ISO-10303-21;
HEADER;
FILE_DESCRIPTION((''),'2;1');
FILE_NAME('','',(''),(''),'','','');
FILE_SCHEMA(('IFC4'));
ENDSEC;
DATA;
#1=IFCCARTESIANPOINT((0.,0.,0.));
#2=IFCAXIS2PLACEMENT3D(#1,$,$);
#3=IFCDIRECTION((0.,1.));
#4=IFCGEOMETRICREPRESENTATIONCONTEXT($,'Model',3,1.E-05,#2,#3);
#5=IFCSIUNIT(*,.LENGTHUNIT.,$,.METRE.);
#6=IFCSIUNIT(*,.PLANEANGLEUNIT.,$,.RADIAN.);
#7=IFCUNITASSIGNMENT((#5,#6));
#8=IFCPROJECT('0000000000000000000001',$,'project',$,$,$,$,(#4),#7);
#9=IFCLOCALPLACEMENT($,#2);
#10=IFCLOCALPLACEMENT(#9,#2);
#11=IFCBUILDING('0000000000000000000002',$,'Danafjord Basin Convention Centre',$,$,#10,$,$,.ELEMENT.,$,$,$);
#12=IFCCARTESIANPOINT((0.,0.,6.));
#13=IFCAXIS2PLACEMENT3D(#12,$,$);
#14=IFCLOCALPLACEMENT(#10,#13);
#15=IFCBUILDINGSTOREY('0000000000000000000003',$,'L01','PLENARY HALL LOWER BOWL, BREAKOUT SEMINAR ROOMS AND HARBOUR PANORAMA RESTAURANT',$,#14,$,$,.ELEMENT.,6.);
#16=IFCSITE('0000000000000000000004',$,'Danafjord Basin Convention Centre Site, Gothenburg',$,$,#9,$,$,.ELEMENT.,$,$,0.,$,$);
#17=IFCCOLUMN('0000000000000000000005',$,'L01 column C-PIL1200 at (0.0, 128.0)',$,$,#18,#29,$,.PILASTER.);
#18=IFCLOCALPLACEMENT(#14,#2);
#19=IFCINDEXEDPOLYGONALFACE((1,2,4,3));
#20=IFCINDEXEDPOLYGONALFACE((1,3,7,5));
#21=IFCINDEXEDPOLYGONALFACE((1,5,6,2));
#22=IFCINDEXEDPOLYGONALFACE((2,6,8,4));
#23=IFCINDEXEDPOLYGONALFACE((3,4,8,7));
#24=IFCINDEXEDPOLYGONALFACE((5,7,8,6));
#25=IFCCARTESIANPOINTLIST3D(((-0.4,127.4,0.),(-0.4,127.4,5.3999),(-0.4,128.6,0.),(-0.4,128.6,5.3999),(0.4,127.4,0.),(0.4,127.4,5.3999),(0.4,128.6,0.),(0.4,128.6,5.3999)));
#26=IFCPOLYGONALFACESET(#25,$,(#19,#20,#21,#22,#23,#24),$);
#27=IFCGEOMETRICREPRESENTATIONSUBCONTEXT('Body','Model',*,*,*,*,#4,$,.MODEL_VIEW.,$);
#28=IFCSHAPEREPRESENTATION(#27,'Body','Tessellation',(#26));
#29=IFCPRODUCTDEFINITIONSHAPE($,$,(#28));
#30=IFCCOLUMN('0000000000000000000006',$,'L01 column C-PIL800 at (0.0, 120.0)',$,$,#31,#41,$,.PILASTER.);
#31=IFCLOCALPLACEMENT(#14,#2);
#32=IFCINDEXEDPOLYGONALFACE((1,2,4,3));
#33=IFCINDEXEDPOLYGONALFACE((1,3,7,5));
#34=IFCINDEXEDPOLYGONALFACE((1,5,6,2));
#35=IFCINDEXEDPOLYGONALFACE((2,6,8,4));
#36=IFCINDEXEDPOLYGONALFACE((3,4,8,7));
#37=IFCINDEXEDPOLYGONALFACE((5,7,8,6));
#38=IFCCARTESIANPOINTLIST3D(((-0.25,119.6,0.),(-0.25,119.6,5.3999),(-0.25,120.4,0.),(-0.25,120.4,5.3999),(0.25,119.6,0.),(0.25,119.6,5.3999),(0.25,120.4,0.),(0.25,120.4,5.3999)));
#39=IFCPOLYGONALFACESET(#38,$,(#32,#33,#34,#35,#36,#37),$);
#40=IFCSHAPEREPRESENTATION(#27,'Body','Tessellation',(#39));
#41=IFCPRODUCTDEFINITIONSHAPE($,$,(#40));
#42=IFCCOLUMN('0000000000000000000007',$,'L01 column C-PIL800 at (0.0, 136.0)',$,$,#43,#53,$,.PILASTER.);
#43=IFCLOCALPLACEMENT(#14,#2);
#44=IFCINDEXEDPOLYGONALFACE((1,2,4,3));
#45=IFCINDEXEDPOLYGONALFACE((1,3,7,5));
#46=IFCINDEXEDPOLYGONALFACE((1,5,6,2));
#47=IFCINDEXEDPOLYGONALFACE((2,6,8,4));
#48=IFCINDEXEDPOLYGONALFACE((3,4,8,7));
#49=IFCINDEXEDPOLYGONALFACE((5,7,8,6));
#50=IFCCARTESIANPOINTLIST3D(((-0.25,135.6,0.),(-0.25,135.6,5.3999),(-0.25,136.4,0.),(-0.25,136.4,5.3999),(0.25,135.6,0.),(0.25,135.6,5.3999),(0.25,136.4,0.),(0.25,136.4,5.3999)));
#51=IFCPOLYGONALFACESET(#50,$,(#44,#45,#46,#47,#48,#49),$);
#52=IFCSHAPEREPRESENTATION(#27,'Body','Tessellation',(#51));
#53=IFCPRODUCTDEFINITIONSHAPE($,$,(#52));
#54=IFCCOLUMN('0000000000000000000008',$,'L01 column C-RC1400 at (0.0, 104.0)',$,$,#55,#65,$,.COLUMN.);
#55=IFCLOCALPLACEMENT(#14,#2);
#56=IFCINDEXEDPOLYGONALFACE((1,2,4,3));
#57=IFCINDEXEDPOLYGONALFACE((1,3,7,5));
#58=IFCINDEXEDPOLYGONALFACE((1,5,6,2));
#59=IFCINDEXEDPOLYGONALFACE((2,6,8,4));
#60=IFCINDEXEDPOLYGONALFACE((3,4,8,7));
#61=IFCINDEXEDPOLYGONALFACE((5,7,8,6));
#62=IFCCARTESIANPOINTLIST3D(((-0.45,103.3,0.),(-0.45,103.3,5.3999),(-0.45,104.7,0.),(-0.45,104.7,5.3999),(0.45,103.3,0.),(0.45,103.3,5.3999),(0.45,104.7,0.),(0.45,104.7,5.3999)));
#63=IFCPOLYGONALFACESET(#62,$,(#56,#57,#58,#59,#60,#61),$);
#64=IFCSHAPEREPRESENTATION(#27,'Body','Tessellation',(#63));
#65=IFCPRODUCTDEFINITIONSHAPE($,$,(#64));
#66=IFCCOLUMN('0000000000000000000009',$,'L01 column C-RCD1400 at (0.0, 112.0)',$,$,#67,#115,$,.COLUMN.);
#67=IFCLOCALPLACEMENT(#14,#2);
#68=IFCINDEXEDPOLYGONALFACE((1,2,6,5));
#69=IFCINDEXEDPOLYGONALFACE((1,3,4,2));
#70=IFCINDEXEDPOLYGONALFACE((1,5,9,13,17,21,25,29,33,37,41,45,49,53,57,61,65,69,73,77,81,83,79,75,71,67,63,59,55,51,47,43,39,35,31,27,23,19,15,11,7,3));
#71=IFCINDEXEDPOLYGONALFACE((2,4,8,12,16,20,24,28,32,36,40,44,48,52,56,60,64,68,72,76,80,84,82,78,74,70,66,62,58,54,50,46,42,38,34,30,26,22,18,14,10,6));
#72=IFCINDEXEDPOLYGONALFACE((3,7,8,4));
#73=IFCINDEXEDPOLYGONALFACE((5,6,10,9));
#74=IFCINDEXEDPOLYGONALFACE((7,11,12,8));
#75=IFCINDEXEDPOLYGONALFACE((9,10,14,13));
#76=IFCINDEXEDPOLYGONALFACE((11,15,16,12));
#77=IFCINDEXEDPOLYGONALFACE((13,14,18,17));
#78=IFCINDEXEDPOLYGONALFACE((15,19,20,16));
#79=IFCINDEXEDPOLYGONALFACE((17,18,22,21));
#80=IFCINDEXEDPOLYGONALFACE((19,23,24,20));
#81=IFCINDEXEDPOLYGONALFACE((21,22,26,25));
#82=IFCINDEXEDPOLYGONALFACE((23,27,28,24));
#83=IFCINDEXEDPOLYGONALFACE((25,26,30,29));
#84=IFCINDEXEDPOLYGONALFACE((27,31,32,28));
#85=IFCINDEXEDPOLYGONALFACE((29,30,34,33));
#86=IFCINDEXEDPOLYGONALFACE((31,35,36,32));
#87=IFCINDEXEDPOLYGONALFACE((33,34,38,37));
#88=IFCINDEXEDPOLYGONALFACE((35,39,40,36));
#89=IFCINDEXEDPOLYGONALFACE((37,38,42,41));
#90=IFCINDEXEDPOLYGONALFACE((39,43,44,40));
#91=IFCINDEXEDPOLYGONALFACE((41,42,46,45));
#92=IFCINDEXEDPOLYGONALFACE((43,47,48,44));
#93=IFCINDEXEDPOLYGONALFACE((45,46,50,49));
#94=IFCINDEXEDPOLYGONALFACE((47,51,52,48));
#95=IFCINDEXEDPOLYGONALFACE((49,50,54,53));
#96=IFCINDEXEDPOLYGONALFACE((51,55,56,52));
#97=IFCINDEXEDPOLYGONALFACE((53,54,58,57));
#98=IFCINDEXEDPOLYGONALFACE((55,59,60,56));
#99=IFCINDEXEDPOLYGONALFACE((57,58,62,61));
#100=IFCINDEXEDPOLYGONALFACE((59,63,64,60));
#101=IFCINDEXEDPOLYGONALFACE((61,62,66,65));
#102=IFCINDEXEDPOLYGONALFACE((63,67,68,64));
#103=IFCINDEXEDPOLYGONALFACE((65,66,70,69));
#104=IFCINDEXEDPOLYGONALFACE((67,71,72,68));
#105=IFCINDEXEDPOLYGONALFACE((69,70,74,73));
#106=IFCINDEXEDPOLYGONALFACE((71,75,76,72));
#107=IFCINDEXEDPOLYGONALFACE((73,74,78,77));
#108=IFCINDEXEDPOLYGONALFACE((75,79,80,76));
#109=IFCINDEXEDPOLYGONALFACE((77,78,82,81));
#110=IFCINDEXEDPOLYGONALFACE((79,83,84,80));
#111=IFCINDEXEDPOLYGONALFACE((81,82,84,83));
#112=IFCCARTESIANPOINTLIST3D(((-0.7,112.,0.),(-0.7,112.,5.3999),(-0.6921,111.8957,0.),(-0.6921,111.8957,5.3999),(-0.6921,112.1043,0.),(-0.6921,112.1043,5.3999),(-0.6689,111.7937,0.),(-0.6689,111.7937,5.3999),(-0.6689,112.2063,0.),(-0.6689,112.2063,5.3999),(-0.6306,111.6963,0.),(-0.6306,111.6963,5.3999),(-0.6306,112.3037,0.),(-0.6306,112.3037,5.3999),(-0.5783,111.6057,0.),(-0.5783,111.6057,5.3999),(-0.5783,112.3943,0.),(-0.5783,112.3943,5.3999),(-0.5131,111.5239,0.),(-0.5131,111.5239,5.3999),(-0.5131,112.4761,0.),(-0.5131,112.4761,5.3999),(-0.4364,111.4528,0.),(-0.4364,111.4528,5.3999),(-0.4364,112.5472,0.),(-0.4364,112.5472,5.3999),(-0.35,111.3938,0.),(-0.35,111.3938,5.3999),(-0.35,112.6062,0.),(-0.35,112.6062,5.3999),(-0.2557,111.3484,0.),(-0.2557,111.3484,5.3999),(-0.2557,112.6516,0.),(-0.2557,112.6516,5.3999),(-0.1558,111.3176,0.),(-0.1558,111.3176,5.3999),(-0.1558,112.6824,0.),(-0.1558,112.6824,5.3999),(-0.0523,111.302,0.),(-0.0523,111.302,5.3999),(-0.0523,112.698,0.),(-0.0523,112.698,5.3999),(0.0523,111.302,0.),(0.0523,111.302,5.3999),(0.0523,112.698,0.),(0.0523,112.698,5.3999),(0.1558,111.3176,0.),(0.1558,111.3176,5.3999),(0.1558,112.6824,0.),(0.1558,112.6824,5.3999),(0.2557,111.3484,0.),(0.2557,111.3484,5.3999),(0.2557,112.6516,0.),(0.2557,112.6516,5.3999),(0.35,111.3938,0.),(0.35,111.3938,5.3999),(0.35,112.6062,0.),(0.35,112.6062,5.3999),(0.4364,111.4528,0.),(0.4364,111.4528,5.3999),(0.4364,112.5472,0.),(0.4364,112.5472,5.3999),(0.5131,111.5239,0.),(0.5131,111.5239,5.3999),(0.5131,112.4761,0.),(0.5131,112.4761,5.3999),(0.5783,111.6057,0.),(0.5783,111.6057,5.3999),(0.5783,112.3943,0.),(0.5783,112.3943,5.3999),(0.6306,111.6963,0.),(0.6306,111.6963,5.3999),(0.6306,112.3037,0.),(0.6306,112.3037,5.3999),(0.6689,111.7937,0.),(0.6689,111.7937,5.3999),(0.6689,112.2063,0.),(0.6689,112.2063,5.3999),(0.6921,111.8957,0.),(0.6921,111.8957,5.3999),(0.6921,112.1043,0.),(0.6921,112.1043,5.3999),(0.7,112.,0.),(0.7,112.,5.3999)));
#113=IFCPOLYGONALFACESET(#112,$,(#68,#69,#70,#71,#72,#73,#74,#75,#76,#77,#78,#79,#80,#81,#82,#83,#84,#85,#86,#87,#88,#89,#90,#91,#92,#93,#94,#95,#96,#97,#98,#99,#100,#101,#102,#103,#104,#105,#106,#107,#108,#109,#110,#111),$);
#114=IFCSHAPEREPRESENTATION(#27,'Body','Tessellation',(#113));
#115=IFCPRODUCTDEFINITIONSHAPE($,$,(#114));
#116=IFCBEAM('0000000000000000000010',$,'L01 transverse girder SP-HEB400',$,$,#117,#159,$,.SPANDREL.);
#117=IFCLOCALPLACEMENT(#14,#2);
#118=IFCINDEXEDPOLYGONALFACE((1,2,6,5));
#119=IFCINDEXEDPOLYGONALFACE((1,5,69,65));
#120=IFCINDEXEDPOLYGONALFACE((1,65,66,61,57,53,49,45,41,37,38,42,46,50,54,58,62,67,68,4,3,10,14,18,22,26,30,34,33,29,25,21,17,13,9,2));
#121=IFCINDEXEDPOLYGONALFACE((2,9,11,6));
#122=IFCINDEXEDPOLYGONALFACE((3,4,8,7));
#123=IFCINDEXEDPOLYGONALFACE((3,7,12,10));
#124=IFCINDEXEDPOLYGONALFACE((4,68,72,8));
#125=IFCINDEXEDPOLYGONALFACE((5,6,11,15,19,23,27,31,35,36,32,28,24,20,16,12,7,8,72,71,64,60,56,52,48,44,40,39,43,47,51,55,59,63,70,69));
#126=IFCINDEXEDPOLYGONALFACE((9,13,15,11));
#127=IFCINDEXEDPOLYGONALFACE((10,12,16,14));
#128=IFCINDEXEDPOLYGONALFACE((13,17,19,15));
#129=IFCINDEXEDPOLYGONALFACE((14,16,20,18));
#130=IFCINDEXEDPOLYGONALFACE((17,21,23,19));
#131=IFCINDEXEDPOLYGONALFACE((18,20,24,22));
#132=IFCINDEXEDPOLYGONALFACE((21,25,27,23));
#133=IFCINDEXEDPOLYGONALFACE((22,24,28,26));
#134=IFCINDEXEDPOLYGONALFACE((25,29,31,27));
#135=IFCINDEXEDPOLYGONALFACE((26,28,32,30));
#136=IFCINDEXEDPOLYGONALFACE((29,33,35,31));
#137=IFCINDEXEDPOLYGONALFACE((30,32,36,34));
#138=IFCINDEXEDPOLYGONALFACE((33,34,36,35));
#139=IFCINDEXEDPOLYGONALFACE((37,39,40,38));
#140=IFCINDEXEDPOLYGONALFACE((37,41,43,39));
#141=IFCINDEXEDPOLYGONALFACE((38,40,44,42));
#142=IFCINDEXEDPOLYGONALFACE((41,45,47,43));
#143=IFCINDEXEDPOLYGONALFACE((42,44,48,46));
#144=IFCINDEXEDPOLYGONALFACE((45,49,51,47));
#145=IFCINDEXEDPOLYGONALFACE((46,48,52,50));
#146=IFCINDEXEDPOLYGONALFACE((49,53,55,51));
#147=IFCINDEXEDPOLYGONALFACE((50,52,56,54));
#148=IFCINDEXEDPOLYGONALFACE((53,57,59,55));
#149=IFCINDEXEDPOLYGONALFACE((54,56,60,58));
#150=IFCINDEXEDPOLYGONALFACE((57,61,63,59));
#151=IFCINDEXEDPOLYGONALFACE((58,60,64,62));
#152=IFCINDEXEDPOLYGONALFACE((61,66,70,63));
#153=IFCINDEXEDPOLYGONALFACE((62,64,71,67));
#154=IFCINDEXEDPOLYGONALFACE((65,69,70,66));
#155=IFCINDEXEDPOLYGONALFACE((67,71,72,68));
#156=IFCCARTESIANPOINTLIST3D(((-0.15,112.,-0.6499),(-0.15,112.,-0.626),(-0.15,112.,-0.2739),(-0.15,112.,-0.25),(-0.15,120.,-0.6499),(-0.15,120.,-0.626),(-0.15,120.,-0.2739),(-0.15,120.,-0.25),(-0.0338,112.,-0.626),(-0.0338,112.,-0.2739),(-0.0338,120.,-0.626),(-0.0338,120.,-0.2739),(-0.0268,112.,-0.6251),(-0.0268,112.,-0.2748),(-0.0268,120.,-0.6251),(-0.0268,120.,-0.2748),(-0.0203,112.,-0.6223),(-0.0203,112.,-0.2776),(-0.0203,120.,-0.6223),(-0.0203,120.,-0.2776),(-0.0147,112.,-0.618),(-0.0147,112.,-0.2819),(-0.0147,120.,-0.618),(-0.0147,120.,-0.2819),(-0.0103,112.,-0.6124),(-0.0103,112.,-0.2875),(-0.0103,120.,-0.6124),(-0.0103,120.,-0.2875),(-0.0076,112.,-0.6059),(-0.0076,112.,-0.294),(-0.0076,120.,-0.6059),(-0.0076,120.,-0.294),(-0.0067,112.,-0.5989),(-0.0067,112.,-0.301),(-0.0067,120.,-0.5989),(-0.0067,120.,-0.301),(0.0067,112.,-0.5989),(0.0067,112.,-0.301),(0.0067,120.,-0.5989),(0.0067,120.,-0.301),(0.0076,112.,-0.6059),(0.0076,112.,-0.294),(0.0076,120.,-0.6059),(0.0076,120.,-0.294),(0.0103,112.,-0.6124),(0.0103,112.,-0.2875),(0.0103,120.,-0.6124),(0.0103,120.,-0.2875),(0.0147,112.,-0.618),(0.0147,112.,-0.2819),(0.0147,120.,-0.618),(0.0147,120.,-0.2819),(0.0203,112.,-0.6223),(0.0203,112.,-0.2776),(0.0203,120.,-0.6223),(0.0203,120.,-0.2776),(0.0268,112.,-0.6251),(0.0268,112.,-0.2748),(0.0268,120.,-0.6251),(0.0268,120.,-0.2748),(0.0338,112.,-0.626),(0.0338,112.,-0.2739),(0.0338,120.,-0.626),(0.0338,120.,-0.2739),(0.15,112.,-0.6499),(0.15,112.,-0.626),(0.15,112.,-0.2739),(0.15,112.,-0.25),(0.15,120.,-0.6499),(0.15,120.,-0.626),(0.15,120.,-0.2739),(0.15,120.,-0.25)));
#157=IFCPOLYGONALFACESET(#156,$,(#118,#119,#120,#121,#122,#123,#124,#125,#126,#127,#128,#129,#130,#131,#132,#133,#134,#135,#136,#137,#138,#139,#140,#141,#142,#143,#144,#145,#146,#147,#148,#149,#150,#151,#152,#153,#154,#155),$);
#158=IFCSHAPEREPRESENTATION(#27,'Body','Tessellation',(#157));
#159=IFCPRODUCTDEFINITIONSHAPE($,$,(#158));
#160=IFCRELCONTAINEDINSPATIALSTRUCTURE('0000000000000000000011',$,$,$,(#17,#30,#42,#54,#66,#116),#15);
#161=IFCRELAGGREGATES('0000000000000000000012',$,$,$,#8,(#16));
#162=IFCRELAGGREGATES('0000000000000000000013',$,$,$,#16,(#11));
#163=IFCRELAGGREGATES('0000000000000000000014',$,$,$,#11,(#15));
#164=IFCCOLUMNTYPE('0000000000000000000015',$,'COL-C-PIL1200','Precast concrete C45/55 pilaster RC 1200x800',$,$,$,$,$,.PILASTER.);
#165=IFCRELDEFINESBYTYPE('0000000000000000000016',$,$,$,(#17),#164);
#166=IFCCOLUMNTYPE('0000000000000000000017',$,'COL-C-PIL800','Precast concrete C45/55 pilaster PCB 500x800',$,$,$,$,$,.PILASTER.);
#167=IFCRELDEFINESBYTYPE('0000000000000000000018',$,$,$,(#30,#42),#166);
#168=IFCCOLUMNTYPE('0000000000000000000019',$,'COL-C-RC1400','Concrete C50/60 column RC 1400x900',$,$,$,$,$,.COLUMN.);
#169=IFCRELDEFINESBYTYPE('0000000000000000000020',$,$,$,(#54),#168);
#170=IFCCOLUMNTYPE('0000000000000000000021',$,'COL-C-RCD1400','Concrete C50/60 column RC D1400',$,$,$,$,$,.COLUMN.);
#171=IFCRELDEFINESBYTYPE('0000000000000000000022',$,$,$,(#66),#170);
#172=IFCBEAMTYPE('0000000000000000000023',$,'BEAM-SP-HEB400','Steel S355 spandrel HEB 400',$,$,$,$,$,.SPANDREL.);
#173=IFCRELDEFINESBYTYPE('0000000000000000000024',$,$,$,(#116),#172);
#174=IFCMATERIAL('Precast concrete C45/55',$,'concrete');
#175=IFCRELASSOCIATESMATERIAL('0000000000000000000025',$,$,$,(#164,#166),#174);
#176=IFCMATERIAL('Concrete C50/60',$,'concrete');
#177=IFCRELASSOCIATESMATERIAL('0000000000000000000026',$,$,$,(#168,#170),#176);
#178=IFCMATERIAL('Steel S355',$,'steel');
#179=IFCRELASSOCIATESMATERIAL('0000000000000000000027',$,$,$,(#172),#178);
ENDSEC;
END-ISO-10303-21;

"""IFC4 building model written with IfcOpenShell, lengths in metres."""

from ifc_helpers import new_model, si_unit, direction, frame, origin, origin_2d, place, context, subcontext, project, spatial, rectangle, circle, i_section, extrude, material, material_profile, profile_set, type_object, element, save


model = new_model("IFC4")

# Units and contexts
model_context = context("Model", 3, precision=1e-05, world=origin(), true_north=direction((0.0, 1.0)))
body_context = subcontext(model_context, "Body", "Model", "MODEL_VIEW")
ifc_project = project(units=[si_unit("LENGTHUNIT", "METRE"), si_unit("PLANEANGLEUNIT", "RADIAN")], contexts=[model_context])

# Site, building, storey
site_placement = place(None, origin())
site = spatial("IfcSite", under=ifc_project, at=site_placement, Name="Danafjord Basin Convention Centre Site, Gothenburg", CompositionType="ELEMENT", RefElevation=0.0)
building_placement = place(site_placement, origin())
building = spatial("IfcBuilding", under=site, at=building_placement, Name="Danafjord Basin Convention Centre", CompositionType="ELEMENT")
storey_placement = place(building_placement, frame((0.0, 0.0, 6.0)))
storey = spatial("IfcBuildingStorey", under=building, at=storey_placement, Name="L01", Description="PLENARY HALL LOWER BOWL, BREAKOUT SEMINAR ROOMS AND HARBOUR PANORAMA RESTAURANT", CompositionType="ELEMENT", Elevation=6.0)

# Columns
ifc_material_1 = material(Name="Precast concrete C45/55", Category="concrete")
ifc_material_profile_1 = material_profile(ifc_material_1, rectangle(XDim=0.8, YDim=1.2, at=origin_2d()), Name="RC 1200x800")
ifc_profile_set_1 = profile_set([ifc_material_profile_1], Name="Precast concrete C45/55")
column_type_1 = type_object("IfcColumnType", Name="COL-C-PIL1200", Description="Precast concrete C45/55 pilaster RC 1200x800", PredefinedType="PILASTER", material=ifc_profile_set_1)
column_1_placement = place(storey_placement, frame((0.0, 128.0, 0.0), z_axis=(0.0, 0.0, 1.0), x_axis=(1.0, 0.0, 0.0)))
element("IfcColumn", 1, at=column_1_placement, inside=storey, type_object=column_type_1, Name="L01 column C-PIL1200 at (0.0, 128.0)", PredefinedType="PILASTER", context=body_context, shape_type="SweptSolid", body=[
    extrude(rectangle(XDim=0.8, YDim=1.2, at=origin_2d()), origin(), (0.0, 0.0, 1.0), 5.3999),
])
ifc_material_profile_2 = material_profile(ifc_material_1, rectangle(XDim=0.5, YDim=0.8, at=origin_2d()), Name="PCB 500x800")
ifc_profile_set_2 = profile_set([ifc_material_profile_2], Name="Precast concrete C45/55")
column_type_2 = type_object("IfcColumnType", Name="COL-C-PIL800", Description="Precast concrete C45/55 pilaster PCB 500x800", PredefinedType="PILASTER", material=ifc_profile_set_2)
for number, where, z_axis, x_axis, name in (
    (2, (0.0, 120.0, 0.0), (0.0, 0.0, 1.0), (1.0, 0.0, 0.0), "L01 column C-PIL800 at (0.0, 120.0)"),
    (3, (0.0, 136.0, 0.0), (0.0, 0.0, 1.0), (1.0, 0.0, 0.0), "L01 column C-PIL800 at (0.0, 136.0)"),
):
    element("IfcColumn", number, at=place(storey_placement, frame(where, z_axis=z_axis, x_axis=x_axis)), inside=storey, type_object=column_type_2, Name=name, PredefinedType="PILASTER", context=body_context, shape_type="SweptSolid", body=[
        extrude(rectangle(XDim=0.5, YDim=0.8, at=origin_2d()), origin(), (0.0, 0.0, 1.0), 5.3999),
    ])
ifc_material_2 = material(Name="Concrete C50/60", Category="concrete")
ifc_material_profile_3 = material_profile(ifc_material_2, rectangle(XDim=0.8999, YDim=1.3999, at=origin_2d()), Name="RC 1400x900")
ifc_profile_set_3 = profile_set([ifc_material_profile_3], Name="Concrete C50/60")
column_type_3 = type_object("IfcColumnType", Name="COL-C-RC1400", Description="Concrete C50/60 column RC 1400x900", PredefinedType="COLUMN", material=ifc_profile_set_3)
column_2_placement = place(storey_placement, frame((0.0, 104.0, 0.0), z_axis=(0.0, 0.0, 1.0), x_axis=(1.0, 0.0, 0.0)))
element("IfcColumn", 4, at=column_2_placement, inside=storey, type_object=column_type_3, Name="L01 column C-RC1400 at (0.0, 104.0)", PredefinedType="COLUMN", context=body_context, shape_type="SweptSolid", body=[
    extrude(rectangle(XDim=0.8999, YDim=1.3999, at=origin_2d()), origin(), (0.0, 0.0, 1.0), 5.3999),
])
ifc_material_profile_4 = material_profile(ifc_material_2, circle(Radius=0.7, at=origin_2d()), Name="RC D1400")
ifc_profile_set_4 = profile_set([ifc_material_profile_4], Name="Concrete C50/60")
column_type_4 = type_object("IfcColumnType", Name="COL-C-RCD1400", Description="Concrete C50/60 column RC D1400", PredefinedType="COLUMN", material=ifc_profile_set_4)
column_3_placement = place(storey_placement, frame((0.0, 112.0, 0.0), z_axis=(0.0, 0.0, 1.0), x_axis=(1.0, 0.0, 0.0)))
element("IfcColumn", 5, at=column_3_placement, inside=storey, type_object=column_type_4, Name="L01 column C-RCD1400 at (0.0, 112.0)", PredefinedType="COLUMN", context=body_context, shape_type="SweptSolid", body=[
    extrude(circle(Radius=0.7, at=origin_2d()), origin(), (0.0, 0.0, 1.0), 5.3999),
])

# Beam
ifc_material_3 = material(Name="Steel S355", Category="steel")
ifc_material_profile_5 = material_profile(ifc_material_3, i_section(OverallWidth=0.3, OverallDepth=0.3999, WebThickness=0.0134, FlangeThickness=0.0239, FilletRadius=0.0271, at=origin_2d()), Name="HEB 400")
ifc_profile_set_5 = profile_set([ifc_material_profile_5], Name="Steel S355")
beam_type_1 = type_object("IfcBeamType", Name="BEAM-SP-HEB400", Description="Steel S355 spandrel HEB 400", PredefinedType="SPANDREL", material=ifc_profile_set_5)
for number, where, z_axis, x_axis, name in (
    (6, (0.0, 112.0, -0.45), (0.0, 1.0, 0.0), (-1.0, 0.0, 0.0), "L01 transverse girder SP-HEB400"),
):
    element("IfcBeam", number, at=place(storey_placement, frame(where, z_axis=z_axis, x_axis=x_axis)), inside=storey, type_object=beam_type_1, Name=name, PredefinedType="SPANDREL", context=body_context, shape_type="SweptSolid", body=[
        extrude(i_section(OverallWidth=0.3, OverallDepth=0.3999, WebThickness=0.0134, FlangeThickness=0.0239, FilletRadius=0.0271, at=origin_2d()), origin(), (0.0, 0.0, 1.0), 8.0),
    ])

save(model, "model.ifc")
